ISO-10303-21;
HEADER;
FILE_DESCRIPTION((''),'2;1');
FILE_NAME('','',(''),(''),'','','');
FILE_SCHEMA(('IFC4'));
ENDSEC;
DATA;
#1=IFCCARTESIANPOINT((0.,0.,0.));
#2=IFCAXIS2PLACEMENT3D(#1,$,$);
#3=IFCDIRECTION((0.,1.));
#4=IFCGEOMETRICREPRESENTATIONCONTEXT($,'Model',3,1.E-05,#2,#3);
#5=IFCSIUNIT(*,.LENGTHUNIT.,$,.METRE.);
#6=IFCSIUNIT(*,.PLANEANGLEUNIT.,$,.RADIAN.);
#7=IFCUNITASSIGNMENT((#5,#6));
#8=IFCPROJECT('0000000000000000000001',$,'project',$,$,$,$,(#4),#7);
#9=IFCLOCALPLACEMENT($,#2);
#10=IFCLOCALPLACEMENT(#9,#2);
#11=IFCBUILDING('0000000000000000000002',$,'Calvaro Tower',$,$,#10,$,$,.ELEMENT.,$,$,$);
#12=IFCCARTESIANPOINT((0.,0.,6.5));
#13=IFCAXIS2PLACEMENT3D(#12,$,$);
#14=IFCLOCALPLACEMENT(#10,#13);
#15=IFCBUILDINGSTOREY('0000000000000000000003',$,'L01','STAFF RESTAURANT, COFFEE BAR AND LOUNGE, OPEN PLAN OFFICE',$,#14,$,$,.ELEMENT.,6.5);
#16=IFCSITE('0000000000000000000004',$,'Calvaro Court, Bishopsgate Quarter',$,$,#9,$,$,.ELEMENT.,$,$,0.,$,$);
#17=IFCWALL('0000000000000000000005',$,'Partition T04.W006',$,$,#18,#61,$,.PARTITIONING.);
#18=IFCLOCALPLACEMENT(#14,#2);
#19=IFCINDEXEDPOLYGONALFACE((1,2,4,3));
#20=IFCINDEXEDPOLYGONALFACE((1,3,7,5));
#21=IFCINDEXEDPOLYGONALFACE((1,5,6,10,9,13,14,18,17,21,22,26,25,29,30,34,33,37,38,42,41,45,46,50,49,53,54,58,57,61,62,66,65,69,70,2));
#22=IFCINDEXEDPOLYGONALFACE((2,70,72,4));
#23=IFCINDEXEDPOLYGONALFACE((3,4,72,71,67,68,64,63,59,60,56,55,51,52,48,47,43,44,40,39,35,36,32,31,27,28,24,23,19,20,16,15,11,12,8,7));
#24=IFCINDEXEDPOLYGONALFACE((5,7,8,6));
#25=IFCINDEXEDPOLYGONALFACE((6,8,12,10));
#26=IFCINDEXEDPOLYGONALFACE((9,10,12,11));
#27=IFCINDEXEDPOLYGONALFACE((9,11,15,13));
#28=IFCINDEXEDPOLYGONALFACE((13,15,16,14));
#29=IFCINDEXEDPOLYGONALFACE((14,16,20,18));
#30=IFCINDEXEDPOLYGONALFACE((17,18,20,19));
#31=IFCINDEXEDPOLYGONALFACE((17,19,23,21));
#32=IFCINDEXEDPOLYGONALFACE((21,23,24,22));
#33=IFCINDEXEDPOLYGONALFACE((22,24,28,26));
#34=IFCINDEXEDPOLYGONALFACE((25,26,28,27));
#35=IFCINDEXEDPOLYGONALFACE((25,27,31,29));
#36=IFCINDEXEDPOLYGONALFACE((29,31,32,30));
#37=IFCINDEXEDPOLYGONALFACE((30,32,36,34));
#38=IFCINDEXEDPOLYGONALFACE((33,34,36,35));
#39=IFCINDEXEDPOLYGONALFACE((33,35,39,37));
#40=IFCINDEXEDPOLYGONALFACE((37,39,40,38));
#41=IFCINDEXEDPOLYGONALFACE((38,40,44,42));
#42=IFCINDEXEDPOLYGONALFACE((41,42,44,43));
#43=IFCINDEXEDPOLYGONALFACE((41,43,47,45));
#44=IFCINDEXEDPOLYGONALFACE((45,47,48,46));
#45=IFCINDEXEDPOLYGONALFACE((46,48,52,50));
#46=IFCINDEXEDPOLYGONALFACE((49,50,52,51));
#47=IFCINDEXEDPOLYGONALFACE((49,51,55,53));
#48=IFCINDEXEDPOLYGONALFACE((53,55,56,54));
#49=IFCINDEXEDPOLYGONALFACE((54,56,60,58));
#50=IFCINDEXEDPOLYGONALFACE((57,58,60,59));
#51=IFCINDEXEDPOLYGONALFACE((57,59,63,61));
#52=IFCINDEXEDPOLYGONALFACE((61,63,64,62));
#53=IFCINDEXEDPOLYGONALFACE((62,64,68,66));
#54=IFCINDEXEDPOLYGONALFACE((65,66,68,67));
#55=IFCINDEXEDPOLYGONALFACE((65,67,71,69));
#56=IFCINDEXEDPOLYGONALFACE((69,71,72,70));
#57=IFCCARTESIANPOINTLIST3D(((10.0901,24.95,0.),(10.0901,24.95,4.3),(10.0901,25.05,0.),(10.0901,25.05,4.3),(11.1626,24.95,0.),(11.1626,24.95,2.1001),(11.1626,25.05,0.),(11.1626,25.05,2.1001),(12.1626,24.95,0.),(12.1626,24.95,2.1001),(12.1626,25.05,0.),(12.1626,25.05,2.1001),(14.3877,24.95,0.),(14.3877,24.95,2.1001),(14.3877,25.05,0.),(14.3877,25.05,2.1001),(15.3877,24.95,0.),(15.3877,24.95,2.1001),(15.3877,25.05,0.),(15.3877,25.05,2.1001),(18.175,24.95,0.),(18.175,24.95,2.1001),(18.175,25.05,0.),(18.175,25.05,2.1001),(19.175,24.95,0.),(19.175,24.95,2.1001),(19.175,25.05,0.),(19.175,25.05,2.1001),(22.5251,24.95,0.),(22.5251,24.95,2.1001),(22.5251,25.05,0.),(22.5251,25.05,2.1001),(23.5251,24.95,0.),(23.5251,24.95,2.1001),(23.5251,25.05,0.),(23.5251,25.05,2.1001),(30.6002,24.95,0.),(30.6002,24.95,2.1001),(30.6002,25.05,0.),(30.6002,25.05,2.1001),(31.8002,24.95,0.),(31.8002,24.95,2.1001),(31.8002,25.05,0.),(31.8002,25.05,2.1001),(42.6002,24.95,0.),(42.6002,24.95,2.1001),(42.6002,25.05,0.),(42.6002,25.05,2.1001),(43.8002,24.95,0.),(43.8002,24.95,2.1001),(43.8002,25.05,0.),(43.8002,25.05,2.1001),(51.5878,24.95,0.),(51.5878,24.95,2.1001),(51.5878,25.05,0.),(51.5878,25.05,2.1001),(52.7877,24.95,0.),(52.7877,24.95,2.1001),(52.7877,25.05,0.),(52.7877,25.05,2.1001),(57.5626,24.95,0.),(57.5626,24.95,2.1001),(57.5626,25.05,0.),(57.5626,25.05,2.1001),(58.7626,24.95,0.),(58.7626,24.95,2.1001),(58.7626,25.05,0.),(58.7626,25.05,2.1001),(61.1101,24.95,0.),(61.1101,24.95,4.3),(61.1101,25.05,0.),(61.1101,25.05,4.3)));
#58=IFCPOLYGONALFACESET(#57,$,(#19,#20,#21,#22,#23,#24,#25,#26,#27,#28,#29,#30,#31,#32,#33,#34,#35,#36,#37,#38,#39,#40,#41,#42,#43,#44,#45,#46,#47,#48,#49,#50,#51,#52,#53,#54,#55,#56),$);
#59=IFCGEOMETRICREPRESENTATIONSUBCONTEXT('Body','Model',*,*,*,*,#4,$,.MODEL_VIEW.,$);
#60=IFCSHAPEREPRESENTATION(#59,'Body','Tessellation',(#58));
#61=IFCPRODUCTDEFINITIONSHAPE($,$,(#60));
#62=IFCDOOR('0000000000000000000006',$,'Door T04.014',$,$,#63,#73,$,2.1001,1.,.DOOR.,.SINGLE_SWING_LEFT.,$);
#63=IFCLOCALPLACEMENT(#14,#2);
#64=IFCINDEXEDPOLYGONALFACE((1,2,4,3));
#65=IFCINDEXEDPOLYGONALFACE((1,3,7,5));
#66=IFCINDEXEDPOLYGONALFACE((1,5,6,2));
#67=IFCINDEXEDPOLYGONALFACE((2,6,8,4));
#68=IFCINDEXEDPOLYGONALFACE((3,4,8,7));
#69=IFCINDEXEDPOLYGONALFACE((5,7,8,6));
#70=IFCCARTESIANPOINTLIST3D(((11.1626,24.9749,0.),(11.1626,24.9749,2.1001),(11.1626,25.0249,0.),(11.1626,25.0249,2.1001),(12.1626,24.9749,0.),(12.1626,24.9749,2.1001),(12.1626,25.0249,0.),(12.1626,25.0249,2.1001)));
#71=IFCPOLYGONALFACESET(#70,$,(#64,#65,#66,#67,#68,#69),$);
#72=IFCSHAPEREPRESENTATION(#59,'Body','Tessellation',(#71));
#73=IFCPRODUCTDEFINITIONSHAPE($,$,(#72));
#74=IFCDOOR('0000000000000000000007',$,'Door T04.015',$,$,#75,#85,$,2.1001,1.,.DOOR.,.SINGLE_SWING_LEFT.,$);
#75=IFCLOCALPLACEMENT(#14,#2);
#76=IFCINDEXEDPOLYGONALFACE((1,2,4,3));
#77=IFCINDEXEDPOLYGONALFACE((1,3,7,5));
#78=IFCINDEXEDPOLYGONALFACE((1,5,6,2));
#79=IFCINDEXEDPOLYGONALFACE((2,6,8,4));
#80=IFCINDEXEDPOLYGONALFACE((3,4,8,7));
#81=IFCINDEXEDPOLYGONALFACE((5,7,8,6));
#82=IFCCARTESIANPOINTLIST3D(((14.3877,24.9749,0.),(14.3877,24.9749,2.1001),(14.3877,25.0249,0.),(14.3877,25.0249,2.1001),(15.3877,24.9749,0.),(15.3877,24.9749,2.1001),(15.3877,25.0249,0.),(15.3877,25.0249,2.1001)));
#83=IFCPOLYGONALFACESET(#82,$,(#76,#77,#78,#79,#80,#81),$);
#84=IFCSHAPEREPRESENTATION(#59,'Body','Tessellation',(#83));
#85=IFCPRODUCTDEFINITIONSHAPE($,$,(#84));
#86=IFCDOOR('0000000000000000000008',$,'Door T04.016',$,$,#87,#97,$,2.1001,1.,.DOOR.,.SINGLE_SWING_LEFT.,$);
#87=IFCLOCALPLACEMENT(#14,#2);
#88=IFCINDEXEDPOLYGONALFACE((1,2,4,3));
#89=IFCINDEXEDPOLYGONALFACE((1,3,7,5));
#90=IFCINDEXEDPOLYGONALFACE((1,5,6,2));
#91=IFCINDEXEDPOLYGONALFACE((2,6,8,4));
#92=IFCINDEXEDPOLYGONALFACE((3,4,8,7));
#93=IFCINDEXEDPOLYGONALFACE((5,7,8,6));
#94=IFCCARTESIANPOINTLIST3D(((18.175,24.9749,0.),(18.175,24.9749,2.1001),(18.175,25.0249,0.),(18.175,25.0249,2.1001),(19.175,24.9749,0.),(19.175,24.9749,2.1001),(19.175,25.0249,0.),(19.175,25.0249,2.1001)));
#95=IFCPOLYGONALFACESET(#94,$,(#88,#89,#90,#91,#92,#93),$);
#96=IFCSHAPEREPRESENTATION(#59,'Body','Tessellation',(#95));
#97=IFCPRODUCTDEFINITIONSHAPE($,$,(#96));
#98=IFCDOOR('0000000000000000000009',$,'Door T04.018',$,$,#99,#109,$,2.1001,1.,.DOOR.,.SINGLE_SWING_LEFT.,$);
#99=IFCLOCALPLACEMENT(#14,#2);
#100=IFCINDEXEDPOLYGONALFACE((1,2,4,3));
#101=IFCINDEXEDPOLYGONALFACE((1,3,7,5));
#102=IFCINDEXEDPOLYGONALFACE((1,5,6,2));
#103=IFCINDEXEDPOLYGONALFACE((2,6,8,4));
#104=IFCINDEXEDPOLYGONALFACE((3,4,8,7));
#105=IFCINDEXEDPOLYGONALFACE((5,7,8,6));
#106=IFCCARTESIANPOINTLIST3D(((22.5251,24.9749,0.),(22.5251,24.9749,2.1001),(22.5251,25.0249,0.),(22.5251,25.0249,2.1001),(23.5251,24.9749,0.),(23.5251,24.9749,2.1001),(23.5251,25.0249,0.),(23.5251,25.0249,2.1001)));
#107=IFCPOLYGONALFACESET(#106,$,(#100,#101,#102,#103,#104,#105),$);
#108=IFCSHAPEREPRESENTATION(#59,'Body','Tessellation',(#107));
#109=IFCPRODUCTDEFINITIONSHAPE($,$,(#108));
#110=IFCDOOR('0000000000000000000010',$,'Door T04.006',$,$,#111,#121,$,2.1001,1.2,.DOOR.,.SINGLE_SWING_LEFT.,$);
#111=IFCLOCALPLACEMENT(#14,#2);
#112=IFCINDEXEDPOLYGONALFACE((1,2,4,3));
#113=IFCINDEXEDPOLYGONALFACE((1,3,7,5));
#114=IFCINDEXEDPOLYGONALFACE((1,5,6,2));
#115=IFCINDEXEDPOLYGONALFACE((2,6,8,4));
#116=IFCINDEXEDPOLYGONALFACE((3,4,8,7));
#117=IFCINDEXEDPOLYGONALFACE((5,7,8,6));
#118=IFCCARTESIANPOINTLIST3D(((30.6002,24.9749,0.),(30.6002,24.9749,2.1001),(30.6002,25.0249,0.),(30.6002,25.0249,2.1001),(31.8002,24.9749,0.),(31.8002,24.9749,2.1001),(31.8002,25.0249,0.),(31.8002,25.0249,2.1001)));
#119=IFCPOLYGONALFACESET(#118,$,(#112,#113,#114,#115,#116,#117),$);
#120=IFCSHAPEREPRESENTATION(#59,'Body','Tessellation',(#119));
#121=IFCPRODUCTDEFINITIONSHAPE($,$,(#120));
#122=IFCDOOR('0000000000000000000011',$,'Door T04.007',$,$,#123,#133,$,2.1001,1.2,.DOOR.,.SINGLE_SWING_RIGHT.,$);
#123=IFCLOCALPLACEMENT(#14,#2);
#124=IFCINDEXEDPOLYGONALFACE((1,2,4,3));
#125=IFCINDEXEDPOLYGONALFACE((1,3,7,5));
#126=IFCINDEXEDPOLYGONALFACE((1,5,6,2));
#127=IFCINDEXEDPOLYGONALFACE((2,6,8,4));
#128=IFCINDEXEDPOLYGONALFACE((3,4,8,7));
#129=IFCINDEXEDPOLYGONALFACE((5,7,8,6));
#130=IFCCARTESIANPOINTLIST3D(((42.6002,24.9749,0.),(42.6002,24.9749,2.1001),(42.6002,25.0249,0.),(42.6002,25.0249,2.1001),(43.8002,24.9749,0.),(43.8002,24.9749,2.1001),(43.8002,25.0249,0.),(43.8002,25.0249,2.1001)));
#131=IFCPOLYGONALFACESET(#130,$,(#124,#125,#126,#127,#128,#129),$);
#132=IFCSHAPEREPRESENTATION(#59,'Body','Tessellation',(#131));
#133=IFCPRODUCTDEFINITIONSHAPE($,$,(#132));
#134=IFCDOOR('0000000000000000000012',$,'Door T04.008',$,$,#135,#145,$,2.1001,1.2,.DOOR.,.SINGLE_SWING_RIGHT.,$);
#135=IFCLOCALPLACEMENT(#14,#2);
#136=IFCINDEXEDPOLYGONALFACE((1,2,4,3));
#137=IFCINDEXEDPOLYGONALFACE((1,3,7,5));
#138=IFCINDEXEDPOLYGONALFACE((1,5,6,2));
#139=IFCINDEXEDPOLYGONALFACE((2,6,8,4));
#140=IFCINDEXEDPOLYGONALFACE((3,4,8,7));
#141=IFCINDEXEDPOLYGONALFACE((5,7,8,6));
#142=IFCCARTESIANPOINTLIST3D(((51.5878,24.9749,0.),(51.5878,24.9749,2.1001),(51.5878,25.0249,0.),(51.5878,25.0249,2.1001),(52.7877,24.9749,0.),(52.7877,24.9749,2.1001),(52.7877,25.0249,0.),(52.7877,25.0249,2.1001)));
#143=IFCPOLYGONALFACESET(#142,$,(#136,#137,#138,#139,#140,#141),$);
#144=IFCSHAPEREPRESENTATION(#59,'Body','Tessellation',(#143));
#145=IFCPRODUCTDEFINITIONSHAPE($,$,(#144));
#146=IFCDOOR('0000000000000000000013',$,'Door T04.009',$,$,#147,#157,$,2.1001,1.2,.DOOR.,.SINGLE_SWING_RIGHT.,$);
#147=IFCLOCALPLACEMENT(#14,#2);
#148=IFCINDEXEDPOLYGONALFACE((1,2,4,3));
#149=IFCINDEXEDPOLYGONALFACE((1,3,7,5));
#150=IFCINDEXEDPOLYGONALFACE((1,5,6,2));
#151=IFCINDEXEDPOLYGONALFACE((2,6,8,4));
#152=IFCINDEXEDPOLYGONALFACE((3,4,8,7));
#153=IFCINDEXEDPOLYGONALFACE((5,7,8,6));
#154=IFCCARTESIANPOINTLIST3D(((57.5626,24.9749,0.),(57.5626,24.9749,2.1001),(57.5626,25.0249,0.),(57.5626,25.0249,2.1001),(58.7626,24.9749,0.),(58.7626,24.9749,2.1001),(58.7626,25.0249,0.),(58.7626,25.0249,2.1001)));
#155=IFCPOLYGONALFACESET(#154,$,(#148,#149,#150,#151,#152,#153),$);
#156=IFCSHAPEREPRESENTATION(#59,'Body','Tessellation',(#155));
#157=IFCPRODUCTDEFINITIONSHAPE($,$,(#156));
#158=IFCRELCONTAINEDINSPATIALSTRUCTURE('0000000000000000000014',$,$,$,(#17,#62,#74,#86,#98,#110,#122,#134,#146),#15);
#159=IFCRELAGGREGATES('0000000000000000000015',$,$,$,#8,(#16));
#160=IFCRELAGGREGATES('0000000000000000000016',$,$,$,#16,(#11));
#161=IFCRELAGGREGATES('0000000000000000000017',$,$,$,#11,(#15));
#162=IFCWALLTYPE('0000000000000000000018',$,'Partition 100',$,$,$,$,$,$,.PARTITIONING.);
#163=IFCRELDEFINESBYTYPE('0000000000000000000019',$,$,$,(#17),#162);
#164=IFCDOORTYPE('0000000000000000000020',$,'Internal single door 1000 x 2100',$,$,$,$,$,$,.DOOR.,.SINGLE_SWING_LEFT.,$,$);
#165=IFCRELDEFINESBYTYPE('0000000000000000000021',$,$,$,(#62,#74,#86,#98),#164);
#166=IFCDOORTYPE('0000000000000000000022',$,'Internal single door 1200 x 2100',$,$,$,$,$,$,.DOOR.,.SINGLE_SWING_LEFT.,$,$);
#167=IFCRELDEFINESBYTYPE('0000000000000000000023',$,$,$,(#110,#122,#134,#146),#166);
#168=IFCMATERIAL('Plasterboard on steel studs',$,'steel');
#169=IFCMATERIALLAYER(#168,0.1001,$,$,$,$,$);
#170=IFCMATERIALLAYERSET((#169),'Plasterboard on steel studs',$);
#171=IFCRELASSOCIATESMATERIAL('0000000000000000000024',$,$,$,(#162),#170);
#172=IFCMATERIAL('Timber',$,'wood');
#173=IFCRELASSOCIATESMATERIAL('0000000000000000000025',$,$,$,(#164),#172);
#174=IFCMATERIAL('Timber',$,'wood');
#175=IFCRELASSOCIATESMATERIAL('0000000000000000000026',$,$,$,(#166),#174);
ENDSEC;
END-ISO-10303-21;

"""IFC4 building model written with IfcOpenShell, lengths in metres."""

from ifc_helpers import new_model, si_unit, direction, frame, frame_2d, origin, place, context, subcontext, project, spatial, rectangle, extrude, material, layer, layer_set, type_object, element, fill, save


model = new_model("IFC4")

# Units and contexts
model_context = context("Model", 3, precision=1e-05, world=origin(), true_north=direction((0.0, 1.0)))
body_context = subcontext(model_context, "Body", "Model", "MODEL_VIEW")
ifc_project = project(units=[si_unit("LENGTHUNIT", "METRE"), si_unit("PLANEANGLEUNIT", "RADIAN")], contexts=[model_context])

# Site, building, storey
site_placement = place(None, origin())
site = spatial("IfcSite", under=ifc_project, at=site_placement, Name="Calvaro Court, Bishopsgate Quarter", CompositionType="ELEMENT", RefElevation=0.0)
building_placement = place(site_placement, origin())
building = spatial("IfcBuilding", under=site, at=building_placement, Name="Calvaro Tower", CompositionType="ELEMENT")
storey_placement = place(building_placement, frame((0.0, 0.0, 6.5)))
storey = spatial("IfcBuildingStorey", under=building, at=storey_placement, Name="L01", Description="STAFF RESTAURANT, COFFEE BAR AND LOUNGE, OPEN PLAN OFFICE", CompositionType="ELEMENT", Elevation=6.5)

# Wall, openings, doors
ifc_material_1 = material(Name="Plasterboard on steel studs", Category="steel")
ifc_layer_1 = layer(ifc_material_1, 0.1001)
ifc_layer_set_1 = layer_set([ifc_layer_1], Name="Plasterboard on steel studs")
wall_type_1 = type_object("IfcWallType", Name="Partition 100", PredefinedType="PARTITIONING", material=ifc_layer_set_1)
wall_1_placement = place(storey_placement, frame((10.0901, 25.0, 0.0), z_axis=(0.0, 0.0, 1.0), x_axis=(1.0, 0.0, 0.0)))
wall_1 = element("IfcWall", 1, at=wall_1_placement, inside=storey, type_object=wall_type_1, Name="Partition T04.W006", PredefinedType="PARTITIONING", context=body_context, shape_type="SweptSolid", body=[
    extrude(rectangle(XDim=51.02, YDim=0.1001, at=frame_2d((25.51, 0.0))), origin(), (0.0, 0.0, 1.0), 4.3),
])
opening_1_placement = place(wall_1_placement, frame((20.51, 0.0, 0.0)))
opening_1 = element("IfcOpeningElement", 2, at=opening_1_placement, cuts=wall_1, PredefinedType="OPENING", context=body_context, shape_type="SweptSolid", body=[
    extrude(rectangle(XDim=1.2, YDim=2.1001, at=frame_2d((0.6001, 1.05))), frame((0.0, 0.0601, 0.0), z_axis=(0.0, -1.0, 0.0), x_axis=(1.0, 0.0, 0.0)), (0.0, 0.0, 1.0), 0.1201),
])
opening_2_placement = place(wall_1_placement, frame((32.51, 0.0, 0.0)))
opening_2 = element("IfcOpeningElement", 3, at=opening_2_placement, cuts=wall_1, PredefinedType="OPENING", context=body_context, shape_type="SweptSolid", body=[
    extrude(rectangle(XDim=1.2, YDim=2.1001, at=frame_2d((0.6001, 1.05))), frame((0.0, 0.0601, 0.0), z_axis=(0.0, -1.0, 0.0), x_axis=(1.0, 0.0, 0.0)), (0.0, 0.0, 1.0), 0.1201),
])
opening_3_placement = place(wall_1_placement, frame((41.4976, 0.0, 0.0)))
opening_3 = element("IfcOpeningElement", 4, at=opening_3_placement, cuts=wall_1, PredefinedType="OPENING", context=body_context, shape_type="SweptSolid", body=[
    extrude(rectangle(XDim=1.2, YDim=2.1001, at=frame_2d((0.6001, 1.05))), frame((0.0, 0.0601, 0.0), z_axis=(0.0, -1.0, 0.0), x_axis=(1.0, 0.0, 0.0)), (0.0, 0.0, 1.0), 0.1201),
])
opening_4_placement = place(wall_1_placement, frame((47.4724, 0.0, 0.0)))
opening_4 = element("IfcOpeningElement", 5, at=opening_4_placement, cuts=wall_1, PredefinedType="OPENING", context=body_context, shape_type="SweptSolid", body=[
    extrude(rectangle(XDim=1.2, YDim=2.1001, at=frame_2d((0.6001, 1.05))), frame((0.0, 0.0601, 0.0), z_axis=(0.0, -1.0, 0.0), x_axis=(1.0, 0.0, 0.0)), (0.0, 0.0, 1.0), 0.1201),
])
opening_5_placement = place(wall_1_placement, frame((1.0725, 0.0, 0.0)))
opening_5 = element("IfcOpeningElement", 6, at=opening_5_placement, cuts=wall_1, PredefinedType="OPENING", context=body_context, shape_type="SweptSolid", body=[
    extrude(rectangle(XDim=1.0, YDim=2.1001, at=frame_2d((0.5, 1.05))), frame((0.0, 0.0601, 0.0), z_axis=(0.0, -1.0, 0.0), x_axis=(1.0, 0.0, 0.0)), (0.0, 0.0, 1.0), 0.1201),
])
opening_6_placement = place(wall_1_placement, frame((4.2976, 0.0, 0.0)))
opening_6 = element("IfcOpeningElement", 7, at=opening_6_placement, cuts=wall_1, PredefinedType="OPENING", context=body_context, shape_type="SweptSolid", body=[
    extrude(rectangle(XDim=1.0, YDim=2.1001, at=frame_2d((0.5, 1.05))), frame((0.0, 0.0601, 0.0), z_axis=(0.0, -1.0, 0.0), x_axis=(1.0, 0.0, 0.0)), (0.0, 0.0, 1.0), 0.1201),
])
opening_7_placement = place(wall_1_placement, frame((8.085, 0.0, 0.0)))
opening_7 = element("IfcOpeningElement", 8, at=opening_7_placement, cuts=wall_1, PredefinedType="OPENING", context=body_context, shape_type="SweptSolid", body=[
    extrude(rectangle(XDim=1.0, YDim=2.1001, at=frame_2d((0.5, 1.05))), frame((0.0, 0.0601, 0.0), z_axis=(0.0, -1.0, 0.0), x_axis=(1.0, 0.0, 0.0)), (0.0, 0.0, 1.0), 0.1201),
])
opening_8_placement = place(wall_1_placement, frame((12.4351, 0.0, 0.0)))
opening_8 = element("IfcOpeningElement", 9, at=opening_8_placement, cuts=wall_1, PredefinedType="OPENING", context=body_context, shape_type="SweptSolid", body=[
    extrude(rectangle(XDim=1.0, YDim=2.1001, at=frame_2d((0.5, 1.05))), frame((0.0, 0.0601, 0.0), z_axis=(0.0, -1.0, 0.0), x_axis=(1.0, 0.0, 0.0)), (0.0, 0.0, 1.0), 0.1201),
])
ifc_material_2 = material(Name="Timber", Category="wood")
door_type_1 = type_object("IfcDoorType", Name="Internal single door 1000 x 2100", OperationType="SINGLE_SWING_LEFT", PredefinedType="DOOR", material=ifc_material_2)
door_1_placement = place(opening_5_placement, origin())
door_1 = element("IfcDoor", 10, at=door_1_placement, inside=storey, type_object=door_type_1, Name="Door T04.014", OperationType="SINGLE_SWING_LEFT", OverallHeight=2.1001, OverallWidth=1.0, PredefinedType="DOOR", context=body_context, shape_type="SweptSolid", body=[
    extrude(rectangle(XDim=1.0, YDim=2.1001, at=frame_2d((0.5, 1.05))), frame((0.0, 0.0249, 0.0), z_axis=(0.0, -1.0, 0.0), x_axis=(1.0, 0.0, 0.0)), (0.0, 0.0, 1.0), 0.05),
])
fill(opening_5, door_1)
door_2_placement = place(opening_6_placement, origin())
door_2 = element("IfcDoor", 11, at=door_2_placement, inside=storey, type_object=door_type_1, Name="Door T04.015", OperationType="SINGLE_SWING_LEFT", OverallHeight=2.1001, OverallWidth=1.0, PredefinedType="DOOR", context=body_context, shape_type="SweptSolid", body=[
    extrude(rectangle(XDim=1.0, YDim=2.1001, at=frame_2d((0.5, 1.05))), frame((0.0, 0.0249, 0.0), z_axis=(0.0, -1.0, 0.0), x_axis=(1.0, 0.0, 0.0)), (0.0, 0.0, 1.0), 0.05),
])
fill(opening_6, door_2)
door_3_placement = place(opening_7_placement, origin())
door_3 = element("IfcDoor", 12, at=door_3_placement, inside=storey, type_object=door_type_1, Name="Door T04.016", OperationType="SINGLE_SWING_LEFT", OverallHeight=2.1001, OverallWidth=1.0, PredefinedType="DOOR", context=body_context, shape_type="SweptSolid", body=[
    extrude(rectangle(XDim=1.0, YDim=2.1001, at=frame_2d((0.5, 1.05))), frame((0.0, 0.0249, 0.0), z_axis=(0.0, -1.0, 0.0), x_axis=(1.0, 0.0, 0.0)), (0.0, 0.0, 1.0), 0.05),
])
fill(opening_7, door_3)
door_4_placement = place(opening_8_placement, origin())
door_4 = element("IfcDoor", 13, at=door_4_placement, inside=storey, type_object=door_type_1, Name="Door T04.018", OperationType="SINGLE_SWING_LEFT", OverallHeight=2.1001, OverallWidth=1.0, PredefinedType="DOOR", context=body_context, shape_type="SweptSolid", body=[
    extrude(rectangle(XDim=1.0, YDim=2.1001, at=frame_2d((0.5, 1.05))), frame((0.0, 0.0249, 0.0), z_axis=(0.0, -1.0, 0.0), x_axis=(1.0, 0.0, 0.0)), (0.0, 0.0, 1.0), 0.05),
])
fill(opening_8, door_4)
ifc_material_3 = material(Name="Timber", Category="wood")
door_type_2 = type_object("IfcDoorType", Name="Internal single door 1200 x 2100", OperationType="SINGLE_SWING_LEFT", PredefinedType="DOOR", material=ifc_material_3)
door_5_placement = place(opening_1_placement, origin())
door_5 = element("IfcDoor", 14, at=door_5_placement, inside=storey, type_object=door_type_2, Name="Door T04.006", OperationType="SINGLE_SWING_LEFT", OverallHeight=2.1001, OverallWidth=1.2, PredefinedType="DOOR", context=body_context, shape_type="SweptSolid", body=[
    extrude(rectangle(XDim=1.2, YDim=2.1001, at=frame_2d((0.6001, 1.05))), frame((0.0, 0.0249, 0.0), z_axis=(0.0, -1.0, 0.0), x_axis=(1.0, 0.0, 0.0)), (0.0, 0.0, 1.0), 0.05),
])
fill(opening_1, door_5)
door_6_placement = place(opening_2_placement, origin())
door_6 = element("IfcDoor", 15, at=door_6_placement, inside=storey, type_object=door_type_2, Name="Door T04.007", OperationType="SINGLE_SWING_RIGHT", OverallHeight=2.1001, OverallWidth=1.2, PredefinedType="DOOR", context=body_context, shape_type="SweptSolid", body=[
    extrude(rectangle(XDim=1.2, YDim=2.1001, at=frame_2d((0.6001, 1.05))), frame((0.0, 0.0249, 0.0), z_axis=(0.0, -1.0, 0.0), x_axis=(1.0, 0.0, 0.0)), (0.0, 0.0, 1.0), 0.05),
])
fill(opening_2, door_6)
door_7_placement = place(opening_3_placement, origin())
door_7 = element("IfcDoor", 16, at=door_7_placement, inside=storey, type_object=door_type_2, Name="Door T04.008", OperationType="SINGLE_SWING_RIGHT", OverallHeight=2.1001, OverallWidth=1.2, PredefinedType="DOOR", context=body_context, shape_type="SweptSolid", body=[
    extrude(rectangle(XDim=1.2, YDim=2.1001, at=frame_2d((0.6001, 1.05))), frame((0.0, 0.0249, 0.0), z_axis=(0.0, -1.0, 0.0), x_axis=(1.0, 0.0, 0.0)), (0.0, 0.0, 1.0), 0.05),
])
fill(opening_3, door_7)
door_8_placement = place(opening_4_placement, origin())
door_8 = element("IfcDoor", 17, at=door_8_placement, inside=storey, type_object=door_type_2, Name="Door T04.009", OperationType="SINGLE_SWING_RIGHT", OverallHeight=2.1001, OverallWidth=1.2, PredefinedType="DOOR", context=body_context, shape_type="SweptSolid", body=[
    extrude(rectangle(XDim=1.2, YDim=2.1001, at=frame_2d((0.6001, 1.05))), frame((0.0, 0.0249, 0.0), z_axis=(0.0, -1.0, 0.0), x_axis=(1.0, 0.0, 0.0)), (0.0, 0.0, 1.0), 0.05),
])
fill(opening_4, door_8)

save(model, "model.ifc")
